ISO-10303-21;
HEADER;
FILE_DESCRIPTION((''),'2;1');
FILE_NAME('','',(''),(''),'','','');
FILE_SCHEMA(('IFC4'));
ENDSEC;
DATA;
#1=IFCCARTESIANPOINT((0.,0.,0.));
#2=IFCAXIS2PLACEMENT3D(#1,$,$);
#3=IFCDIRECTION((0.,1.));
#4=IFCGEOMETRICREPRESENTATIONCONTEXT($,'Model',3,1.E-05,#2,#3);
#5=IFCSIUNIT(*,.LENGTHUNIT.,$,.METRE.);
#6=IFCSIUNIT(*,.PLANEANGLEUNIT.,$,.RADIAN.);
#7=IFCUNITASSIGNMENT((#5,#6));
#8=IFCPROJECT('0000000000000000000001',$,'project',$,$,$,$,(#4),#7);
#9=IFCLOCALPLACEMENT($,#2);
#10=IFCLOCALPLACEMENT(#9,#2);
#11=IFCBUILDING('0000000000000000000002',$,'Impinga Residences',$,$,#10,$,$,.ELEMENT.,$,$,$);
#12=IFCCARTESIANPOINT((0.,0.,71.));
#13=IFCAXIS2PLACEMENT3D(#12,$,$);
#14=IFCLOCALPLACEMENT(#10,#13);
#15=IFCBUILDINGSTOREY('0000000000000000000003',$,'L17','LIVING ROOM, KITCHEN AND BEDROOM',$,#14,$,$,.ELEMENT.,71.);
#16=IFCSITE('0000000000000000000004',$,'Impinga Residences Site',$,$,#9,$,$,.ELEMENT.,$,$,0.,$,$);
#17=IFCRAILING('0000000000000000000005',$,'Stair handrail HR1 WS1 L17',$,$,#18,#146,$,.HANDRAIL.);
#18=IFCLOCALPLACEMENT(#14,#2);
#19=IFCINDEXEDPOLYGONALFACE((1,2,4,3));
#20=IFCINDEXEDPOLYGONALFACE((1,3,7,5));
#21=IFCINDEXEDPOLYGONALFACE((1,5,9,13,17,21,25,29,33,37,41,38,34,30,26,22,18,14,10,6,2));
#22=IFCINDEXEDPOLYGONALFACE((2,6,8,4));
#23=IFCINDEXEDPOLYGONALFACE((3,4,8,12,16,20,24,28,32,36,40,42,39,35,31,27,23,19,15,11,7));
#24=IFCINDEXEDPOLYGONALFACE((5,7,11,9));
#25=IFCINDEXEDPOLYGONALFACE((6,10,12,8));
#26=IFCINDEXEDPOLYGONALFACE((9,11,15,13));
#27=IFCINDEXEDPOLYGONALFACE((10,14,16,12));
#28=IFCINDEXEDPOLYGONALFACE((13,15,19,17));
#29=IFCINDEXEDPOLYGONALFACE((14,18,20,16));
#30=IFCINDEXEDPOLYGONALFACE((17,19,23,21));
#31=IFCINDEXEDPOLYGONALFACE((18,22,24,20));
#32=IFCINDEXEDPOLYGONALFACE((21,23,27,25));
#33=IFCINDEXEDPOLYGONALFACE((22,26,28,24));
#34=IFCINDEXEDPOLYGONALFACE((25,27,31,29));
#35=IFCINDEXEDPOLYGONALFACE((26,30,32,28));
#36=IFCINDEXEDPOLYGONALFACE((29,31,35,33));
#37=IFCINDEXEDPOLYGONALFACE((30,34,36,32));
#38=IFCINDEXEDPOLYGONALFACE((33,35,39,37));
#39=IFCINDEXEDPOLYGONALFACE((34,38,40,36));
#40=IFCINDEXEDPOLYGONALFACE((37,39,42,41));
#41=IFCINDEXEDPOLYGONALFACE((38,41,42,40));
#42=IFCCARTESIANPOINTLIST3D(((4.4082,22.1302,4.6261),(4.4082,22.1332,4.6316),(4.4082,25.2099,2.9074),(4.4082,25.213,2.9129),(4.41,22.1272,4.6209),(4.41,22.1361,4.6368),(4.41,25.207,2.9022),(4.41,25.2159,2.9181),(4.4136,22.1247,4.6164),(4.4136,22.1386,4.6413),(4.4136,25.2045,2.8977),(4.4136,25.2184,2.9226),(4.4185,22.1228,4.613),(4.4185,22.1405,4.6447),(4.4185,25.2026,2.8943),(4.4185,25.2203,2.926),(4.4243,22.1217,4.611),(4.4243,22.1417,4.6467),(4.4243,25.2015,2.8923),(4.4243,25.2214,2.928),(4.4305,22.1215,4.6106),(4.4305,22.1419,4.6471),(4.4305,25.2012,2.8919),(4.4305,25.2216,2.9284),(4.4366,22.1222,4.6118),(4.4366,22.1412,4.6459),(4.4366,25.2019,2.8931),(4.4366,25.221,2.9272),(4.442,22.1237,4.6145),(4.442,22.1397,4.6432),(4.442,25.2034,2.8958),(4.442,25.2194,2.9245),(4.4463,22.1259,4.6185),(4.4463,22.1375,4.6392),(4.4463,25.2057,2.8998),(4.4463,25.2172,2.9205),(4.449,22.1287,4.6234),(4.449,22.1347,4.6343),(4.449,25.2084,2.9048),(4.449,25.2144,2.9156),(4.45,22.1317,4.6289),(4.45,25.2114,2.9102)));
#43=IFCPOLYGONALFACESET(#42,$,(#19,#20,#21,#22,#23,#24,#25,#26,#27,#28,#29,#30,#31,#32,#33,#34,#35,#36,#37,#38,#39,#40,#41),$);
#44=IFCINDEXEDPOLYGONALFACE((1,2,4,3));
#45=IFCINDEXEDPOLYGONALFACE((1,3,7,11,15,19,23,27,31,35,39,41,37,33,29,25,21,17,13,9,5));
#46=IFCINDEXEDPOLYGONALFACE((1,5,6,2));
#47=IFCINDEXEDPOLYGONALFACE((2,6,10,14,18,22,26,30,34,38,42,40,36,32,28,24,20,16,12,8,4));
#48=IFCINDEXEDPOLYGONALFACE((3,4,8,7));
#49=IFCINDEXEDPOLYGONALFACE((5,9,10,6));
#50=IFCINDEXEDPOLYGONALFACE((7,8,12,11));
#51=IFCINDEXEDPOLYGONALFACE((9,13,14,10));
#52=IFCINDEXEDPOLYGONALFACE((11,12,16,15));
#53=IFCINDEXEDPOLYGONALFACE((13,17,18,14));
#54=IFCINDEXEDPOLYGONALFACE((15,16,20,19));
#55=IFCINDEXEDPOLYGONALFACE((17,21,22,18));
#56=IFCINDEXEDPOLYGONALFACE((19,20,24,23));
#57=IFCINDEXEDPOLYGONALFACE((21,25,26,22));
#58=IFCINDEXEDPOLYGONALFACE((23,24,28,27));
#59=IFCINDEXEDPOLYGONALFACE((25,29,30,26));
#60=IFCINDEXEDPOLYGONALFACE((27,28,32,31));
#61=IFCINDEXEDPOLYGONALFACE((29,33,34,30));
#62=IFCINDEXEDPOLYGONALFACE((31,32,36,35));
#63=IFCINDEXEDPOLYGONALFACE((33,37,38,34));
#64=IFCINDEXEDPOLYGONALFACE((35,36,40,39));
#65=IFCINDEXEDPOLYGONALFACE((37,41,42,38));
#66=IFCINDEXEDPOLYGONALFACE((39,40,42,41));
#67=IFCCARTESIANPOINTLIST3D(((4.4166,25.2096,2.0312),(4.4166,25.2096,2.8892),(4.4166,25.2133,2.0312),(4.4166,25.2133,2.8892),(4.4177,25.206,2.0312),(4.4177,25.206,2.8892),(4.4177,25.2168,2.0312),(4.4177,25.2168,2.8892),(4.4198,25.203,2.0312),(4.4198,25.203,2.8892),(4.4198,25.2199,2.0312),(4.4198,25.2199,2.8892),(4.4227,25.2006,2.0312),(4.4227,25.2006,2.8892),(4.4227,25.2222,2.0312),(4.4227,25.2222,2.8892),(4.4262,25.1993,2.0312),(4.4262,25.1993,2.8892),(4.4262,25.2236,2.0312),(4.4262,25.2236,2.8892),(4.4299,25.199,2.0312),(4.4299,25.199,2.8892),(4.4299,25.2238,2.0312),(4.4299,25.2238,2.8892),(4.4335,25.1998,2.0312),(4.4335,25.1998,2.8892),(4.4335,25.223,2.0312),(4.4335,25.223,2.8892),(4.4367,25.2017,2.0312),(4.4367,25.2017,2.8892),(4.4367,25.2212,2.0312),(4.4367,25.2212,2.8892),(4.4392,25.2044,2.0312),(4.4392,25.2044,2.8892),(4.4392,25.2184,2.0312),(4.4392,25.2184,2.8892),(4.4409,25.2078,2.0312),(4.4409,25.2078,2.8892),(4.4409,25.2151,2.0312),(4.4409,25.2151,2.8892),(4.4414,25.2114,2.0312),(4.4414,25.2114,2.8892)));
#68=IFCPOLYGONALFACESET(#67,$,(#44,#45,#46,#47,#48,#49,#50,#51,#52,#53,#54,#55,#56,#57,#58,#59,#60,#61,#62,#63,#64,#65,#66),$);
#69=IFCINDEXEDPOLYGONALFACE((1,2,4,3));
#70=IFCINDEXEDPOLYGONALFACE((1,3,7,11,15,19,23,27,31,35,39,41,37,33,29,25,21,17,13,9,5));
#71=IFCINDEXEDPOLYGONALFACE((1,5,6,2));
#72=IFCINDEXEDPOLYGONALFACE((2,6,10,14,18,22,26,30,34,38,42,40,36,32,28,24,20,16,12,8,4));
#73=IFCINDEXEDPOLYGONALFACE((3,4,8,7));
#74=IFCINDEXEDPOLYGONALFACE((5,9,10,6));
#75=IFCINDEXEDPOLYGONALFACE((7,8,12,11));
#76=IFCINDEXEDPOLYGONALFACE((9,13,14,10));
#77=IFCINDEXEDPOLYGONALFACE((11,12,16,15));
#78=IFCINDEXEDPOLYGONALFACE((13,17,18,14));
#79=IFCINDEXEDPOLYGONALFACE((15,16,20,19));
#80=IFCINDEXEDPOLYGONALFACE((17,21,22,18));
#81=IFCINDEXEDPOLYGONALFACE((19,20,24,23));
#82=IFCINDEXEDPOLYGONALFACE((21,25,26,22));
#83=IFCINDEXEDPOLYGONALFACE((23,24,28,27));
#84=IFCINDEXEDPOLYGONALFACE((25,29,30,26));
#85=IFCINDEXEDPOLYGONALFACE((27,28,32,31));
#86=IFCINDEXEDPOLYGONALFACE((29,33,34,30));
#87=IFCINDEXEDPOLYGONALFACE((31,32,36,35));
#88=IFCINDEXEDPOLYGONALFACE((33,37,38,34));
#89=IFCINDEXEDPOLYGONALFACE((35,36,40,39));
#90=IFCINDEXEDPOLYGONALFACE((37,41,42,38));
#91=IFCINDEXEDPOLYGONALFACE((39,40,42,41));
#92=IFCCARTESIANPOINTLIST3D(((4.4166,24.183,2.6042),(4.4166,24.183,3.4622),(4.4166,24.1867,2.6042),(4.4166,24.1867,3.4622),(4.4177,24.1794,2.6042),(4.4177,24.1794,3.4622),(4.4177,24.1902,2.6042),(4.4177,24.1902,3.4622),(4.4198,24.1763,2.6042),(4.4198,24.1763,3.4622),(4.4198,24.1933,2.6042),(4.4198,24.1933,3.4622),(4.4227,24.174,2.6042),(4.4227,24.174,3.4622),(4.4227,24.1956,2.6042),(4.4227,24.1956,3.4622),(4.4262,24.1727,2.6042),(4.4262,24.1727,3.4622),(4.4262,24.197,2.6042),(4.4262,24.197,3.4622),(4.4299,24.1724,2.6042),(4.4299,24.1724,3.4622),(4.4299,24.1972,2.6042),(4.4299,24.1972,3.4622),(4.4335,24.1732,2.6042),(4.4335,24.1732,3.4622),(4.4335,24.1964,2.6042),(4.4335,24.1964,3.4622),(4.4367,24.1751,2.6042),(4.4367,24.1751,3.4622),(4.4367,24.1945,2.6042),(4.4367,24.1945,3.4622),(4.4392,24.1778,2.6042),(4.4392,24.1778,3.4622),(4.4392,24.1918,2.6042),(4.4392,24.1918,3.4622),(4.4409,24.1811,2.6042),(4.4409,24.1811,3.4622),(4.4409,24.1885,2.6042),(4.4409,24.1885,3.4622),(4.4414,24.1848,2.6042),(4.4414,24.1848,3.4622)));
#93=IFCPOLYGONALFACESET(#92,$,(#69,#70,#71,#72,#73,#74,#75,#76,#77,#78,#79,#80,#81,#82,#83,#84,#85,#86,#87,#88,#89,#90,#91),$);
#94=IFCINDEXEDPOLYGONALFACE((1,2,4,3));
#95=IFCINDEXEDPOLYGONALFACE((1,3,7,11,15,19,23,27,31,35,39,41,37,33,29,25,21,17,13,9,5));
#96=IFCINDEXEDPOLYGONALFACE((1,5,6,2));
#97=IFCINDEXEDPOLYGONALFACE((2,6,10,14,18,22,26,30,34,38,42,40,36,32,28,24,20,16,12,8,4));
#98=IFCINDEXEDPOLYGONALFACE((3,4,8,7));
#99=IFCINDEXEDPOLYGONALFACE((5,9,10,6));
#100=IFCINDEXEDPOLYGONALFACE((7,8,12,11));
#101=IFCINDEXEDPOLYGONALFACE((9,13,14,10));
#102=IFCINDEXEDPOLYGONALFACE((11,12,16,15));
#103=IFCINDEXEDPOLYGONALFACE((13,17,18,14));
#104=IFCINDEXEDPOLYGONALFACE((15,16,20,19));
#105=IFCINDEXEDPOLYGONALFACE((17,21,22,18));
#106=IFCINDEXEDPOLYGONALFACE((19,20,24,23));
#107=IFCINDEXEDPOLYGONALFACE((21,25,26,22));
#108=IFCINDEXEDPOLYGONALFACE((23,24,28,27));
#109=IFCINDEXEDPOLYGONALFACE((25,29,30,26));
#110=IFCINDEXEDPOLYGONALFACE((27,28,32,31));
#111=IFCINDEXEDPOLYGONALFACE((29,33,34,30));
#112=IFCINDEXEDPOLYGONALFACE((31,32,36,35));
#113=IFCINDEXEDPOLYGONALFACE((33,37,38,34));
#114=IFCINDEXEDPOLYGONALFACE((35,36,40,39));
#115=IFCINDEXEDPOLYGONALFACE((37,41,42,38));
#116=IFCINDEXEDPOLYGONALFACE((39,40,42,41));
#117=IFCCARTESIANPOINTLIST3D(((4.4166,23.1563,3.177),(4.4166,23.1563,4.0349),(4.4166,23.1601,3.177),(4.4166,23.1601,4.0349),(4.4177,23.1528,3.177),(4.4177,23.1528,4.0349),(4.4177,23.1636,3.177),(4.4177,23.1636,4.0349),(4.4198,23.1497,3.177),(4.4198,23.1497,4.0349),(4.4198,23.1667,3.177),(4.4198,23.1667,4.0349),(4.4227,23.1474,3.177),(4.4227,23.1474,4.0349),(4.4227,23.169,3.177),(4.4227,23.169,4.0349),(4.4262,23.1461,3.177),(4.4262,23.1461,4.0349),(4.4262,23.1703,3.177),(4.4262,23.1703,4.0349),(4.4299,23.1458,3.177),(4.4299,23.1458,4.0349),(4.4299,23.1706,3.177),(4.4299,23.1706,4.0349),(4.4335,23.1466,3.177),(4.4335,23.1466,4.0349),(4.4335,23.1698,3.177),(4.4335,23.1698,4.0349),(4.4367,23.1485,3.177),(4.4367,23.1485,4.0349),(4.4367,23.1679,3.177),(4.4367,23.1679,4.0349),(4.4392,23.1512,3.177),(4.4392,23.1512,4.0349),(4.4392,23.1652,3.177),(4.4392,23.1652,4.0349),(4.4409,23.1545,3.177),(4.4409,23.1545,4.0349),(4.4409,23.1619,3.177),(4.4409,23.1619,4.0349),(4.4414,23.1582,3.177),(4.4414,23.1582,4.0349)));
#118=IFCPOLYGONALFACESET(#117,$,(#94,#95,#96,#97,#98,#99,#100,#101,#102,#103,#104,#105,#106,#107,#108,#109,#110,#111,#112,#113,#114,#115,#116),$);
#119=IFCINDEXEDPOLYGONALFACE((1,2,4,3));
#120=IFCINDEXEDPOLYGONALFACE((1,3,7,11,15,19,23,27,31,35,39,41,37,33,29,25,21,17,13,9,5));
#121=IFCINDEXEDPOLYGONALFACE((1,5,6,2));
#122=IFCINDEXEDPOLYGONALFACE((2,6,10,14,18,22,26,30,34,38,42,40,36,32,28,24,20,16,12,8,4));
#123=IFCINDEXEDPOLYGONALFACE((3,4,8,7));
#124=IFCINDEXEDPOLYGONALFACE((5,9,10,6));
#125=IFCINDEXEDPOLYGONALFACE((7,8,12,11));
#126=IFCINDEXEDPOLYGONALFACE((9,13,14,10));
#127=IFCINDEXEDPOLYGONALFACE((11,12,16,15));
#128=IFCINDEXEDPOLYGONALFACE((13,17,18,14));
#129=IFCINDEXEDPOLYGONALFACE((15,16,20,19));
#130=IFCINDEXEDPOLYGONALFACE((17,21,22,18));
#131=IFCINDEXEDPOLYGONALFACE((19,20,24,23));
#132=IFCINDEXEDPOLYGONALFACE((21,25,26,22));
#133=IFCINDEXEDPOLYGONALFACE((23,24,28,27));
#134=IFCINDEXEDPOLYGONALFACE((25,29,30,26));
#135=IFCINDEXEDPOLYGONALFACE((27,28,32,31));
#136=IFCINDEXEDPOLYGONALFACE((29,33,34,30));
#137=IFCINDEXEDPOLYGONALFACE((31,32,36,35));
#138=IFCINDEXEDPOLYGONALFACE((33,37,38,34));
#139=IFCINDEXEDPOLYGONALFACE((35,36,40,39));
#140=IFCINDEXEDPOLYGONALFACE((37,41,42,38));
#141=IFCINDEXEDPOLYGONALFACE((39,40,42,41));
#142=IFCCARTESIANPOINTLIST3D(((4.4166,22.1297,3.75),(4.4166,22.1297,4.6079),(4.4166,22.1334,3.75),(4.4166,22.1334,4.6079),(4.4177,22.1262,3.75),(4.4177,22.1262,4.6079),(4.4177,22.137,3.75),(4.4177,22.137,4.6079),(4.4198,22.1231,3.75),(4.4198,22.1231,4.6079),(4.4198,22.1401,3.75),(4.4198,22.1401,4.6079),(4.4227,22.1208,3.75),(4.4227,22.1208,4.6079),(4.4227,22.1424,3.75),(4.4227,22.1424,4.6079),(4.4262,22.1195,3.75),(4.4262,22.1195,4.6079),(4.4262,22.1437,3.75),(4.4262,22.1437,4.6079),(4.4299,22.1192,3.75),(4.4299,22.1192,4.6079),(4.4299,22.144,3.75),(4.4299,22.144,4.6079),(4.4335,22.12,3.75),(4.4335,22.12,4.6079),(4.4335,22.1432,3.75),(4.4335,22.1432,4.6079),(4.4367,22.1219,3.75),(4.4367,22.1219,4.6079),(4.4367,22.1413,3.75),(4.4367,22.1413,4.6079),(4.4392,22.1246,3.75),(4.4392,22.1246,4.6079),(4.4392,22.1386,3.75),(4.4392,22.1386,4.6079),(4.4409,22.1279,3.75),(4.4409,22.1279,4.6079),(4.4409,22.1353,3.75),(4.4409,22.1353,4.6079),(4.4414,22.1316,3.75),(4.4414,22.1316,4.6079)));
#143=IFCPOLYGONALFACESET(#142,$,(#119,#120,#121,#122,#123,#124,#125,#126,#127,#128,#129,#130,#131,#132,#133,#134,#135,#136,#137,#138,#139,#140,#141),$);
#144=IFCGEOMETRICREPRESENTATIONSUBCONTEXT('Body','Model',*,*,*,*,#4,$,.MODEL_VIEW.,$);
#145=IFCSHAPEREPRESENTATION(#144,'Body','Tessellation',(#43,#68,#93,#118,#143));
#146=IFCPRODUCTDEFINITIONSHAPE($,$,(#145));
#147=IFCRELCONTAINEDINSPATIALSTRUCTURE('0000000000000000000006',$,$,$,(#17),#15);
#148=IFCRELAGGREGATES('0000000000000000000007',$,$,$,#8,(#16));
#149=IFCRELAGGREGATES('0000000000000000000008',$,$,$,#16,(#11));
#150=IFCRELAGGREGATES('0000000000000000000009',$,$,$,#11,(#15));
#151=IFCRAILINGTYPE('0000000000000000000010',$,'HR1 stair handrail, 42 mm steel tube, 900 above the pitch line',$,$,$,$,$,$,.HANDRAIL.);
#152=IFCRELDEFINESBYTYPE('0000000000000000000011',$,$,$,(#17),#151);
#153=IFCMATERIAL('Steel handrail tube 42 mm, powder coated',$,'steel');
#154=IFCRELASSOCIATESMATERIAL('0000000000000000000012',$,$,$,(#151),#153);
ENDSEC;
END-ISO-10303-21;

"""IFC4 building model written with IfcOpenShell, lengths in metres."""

from ifc_helpers import new_model, si_unit, direction, frame, origin, origin_2d, place, context, subcontext, project, spatial, circle, extrude, material, type_object, element, save


model = new_model("IFC4")

# Units and contexts
model_context = context("Model", 3, precision=1e-05, world=origin(), true_north=direction((0.0, 1.0)))
body_context = subcontext(model_context, "Body", "Model", "MODEL_VIEW")
ifc_project = project(units=[si_unit("LENGTHUNIT", "METRE"), si_unit("PLANEANGLEUNIT", "RADIAN")], contexts=[model_context])

# Site, building, storey
site_placement = place(None, origin())
site = spatial("IfcSite", under=ifc_project, at=site_placement, Name="Impinga Residences Site", CompositionType="ELEMENT", RefElevation=0.0)
building_placement = place(site_placement, origin())
building = spatial("IfcBuilding", under=site, at=building_placement, Name="Impinga Residences", CompositionType="ELEMENT")
storey_placement = place(building_placement, frame((0.0, 0.0, 71.0)))
storey = spatial("IfcBuildingStorey", under=building, at=storey_placement, Name="L17", Description="LIVING ROOM, KITCHEN AND BEDROOM", CompositionType="ELEMENT", Elevation=71.0)

# Railing
ifc_material_1 = material(Name="Steel handrail tube 42 mm, powder coated", Category="steel")
railing_type_1 = type_object("IfcRailingType", Name="HR1 stair handrail, 42 mm steel tube, 900 above the pitch line", PredefinedType="HANDRAIL", material=ifc_material_1)
railing_1_placement = place(storey_placement, frame((4.429, 25.2114, 2.0312)))
element("IfcRailing", 1, at=railing_1_placement, inside=storey, type_object=railing_type_1, Name="Stair handrail HR1 WS1 L17", PredefinedType="HANDRAIL", context=body_context, shape_type="SweptSolid", body=[
    extrude(circle(Radius=0.021, at=origin_2d()), frame((0.0, 0.0, 0.8789), z_axis=(0.0, -0.873225, 0.487317), x_axis=(1.0, 0.0, 0.0)), (0.0, 0.0, 1.0), 3.5269),
    extrude(circle(Radius=0.0125, at=origin_2d()), origin(), (0.0, 0.0, 1.0), 0.8579),
    extrude(circle(Radius=0.0125, at=origin_2d()), frame((0.0, -1.0266, 0.573)), (0.0, 0.0, 1.0), 0.8579),
    extrude(circle(Radius=0.0125, at=origin_2d()), frame((0.0, -2.0532, 1.1458)), (0.0, 0.0, 1.0), 0.8579),
    extrude(circle(Radius=0.0125, at=origin_2d()), frame((0.0, -3.0798, 1.7188)), (0.0, 0.0, 1.0), 0.8579),
])

save(model, "model.ifc")
